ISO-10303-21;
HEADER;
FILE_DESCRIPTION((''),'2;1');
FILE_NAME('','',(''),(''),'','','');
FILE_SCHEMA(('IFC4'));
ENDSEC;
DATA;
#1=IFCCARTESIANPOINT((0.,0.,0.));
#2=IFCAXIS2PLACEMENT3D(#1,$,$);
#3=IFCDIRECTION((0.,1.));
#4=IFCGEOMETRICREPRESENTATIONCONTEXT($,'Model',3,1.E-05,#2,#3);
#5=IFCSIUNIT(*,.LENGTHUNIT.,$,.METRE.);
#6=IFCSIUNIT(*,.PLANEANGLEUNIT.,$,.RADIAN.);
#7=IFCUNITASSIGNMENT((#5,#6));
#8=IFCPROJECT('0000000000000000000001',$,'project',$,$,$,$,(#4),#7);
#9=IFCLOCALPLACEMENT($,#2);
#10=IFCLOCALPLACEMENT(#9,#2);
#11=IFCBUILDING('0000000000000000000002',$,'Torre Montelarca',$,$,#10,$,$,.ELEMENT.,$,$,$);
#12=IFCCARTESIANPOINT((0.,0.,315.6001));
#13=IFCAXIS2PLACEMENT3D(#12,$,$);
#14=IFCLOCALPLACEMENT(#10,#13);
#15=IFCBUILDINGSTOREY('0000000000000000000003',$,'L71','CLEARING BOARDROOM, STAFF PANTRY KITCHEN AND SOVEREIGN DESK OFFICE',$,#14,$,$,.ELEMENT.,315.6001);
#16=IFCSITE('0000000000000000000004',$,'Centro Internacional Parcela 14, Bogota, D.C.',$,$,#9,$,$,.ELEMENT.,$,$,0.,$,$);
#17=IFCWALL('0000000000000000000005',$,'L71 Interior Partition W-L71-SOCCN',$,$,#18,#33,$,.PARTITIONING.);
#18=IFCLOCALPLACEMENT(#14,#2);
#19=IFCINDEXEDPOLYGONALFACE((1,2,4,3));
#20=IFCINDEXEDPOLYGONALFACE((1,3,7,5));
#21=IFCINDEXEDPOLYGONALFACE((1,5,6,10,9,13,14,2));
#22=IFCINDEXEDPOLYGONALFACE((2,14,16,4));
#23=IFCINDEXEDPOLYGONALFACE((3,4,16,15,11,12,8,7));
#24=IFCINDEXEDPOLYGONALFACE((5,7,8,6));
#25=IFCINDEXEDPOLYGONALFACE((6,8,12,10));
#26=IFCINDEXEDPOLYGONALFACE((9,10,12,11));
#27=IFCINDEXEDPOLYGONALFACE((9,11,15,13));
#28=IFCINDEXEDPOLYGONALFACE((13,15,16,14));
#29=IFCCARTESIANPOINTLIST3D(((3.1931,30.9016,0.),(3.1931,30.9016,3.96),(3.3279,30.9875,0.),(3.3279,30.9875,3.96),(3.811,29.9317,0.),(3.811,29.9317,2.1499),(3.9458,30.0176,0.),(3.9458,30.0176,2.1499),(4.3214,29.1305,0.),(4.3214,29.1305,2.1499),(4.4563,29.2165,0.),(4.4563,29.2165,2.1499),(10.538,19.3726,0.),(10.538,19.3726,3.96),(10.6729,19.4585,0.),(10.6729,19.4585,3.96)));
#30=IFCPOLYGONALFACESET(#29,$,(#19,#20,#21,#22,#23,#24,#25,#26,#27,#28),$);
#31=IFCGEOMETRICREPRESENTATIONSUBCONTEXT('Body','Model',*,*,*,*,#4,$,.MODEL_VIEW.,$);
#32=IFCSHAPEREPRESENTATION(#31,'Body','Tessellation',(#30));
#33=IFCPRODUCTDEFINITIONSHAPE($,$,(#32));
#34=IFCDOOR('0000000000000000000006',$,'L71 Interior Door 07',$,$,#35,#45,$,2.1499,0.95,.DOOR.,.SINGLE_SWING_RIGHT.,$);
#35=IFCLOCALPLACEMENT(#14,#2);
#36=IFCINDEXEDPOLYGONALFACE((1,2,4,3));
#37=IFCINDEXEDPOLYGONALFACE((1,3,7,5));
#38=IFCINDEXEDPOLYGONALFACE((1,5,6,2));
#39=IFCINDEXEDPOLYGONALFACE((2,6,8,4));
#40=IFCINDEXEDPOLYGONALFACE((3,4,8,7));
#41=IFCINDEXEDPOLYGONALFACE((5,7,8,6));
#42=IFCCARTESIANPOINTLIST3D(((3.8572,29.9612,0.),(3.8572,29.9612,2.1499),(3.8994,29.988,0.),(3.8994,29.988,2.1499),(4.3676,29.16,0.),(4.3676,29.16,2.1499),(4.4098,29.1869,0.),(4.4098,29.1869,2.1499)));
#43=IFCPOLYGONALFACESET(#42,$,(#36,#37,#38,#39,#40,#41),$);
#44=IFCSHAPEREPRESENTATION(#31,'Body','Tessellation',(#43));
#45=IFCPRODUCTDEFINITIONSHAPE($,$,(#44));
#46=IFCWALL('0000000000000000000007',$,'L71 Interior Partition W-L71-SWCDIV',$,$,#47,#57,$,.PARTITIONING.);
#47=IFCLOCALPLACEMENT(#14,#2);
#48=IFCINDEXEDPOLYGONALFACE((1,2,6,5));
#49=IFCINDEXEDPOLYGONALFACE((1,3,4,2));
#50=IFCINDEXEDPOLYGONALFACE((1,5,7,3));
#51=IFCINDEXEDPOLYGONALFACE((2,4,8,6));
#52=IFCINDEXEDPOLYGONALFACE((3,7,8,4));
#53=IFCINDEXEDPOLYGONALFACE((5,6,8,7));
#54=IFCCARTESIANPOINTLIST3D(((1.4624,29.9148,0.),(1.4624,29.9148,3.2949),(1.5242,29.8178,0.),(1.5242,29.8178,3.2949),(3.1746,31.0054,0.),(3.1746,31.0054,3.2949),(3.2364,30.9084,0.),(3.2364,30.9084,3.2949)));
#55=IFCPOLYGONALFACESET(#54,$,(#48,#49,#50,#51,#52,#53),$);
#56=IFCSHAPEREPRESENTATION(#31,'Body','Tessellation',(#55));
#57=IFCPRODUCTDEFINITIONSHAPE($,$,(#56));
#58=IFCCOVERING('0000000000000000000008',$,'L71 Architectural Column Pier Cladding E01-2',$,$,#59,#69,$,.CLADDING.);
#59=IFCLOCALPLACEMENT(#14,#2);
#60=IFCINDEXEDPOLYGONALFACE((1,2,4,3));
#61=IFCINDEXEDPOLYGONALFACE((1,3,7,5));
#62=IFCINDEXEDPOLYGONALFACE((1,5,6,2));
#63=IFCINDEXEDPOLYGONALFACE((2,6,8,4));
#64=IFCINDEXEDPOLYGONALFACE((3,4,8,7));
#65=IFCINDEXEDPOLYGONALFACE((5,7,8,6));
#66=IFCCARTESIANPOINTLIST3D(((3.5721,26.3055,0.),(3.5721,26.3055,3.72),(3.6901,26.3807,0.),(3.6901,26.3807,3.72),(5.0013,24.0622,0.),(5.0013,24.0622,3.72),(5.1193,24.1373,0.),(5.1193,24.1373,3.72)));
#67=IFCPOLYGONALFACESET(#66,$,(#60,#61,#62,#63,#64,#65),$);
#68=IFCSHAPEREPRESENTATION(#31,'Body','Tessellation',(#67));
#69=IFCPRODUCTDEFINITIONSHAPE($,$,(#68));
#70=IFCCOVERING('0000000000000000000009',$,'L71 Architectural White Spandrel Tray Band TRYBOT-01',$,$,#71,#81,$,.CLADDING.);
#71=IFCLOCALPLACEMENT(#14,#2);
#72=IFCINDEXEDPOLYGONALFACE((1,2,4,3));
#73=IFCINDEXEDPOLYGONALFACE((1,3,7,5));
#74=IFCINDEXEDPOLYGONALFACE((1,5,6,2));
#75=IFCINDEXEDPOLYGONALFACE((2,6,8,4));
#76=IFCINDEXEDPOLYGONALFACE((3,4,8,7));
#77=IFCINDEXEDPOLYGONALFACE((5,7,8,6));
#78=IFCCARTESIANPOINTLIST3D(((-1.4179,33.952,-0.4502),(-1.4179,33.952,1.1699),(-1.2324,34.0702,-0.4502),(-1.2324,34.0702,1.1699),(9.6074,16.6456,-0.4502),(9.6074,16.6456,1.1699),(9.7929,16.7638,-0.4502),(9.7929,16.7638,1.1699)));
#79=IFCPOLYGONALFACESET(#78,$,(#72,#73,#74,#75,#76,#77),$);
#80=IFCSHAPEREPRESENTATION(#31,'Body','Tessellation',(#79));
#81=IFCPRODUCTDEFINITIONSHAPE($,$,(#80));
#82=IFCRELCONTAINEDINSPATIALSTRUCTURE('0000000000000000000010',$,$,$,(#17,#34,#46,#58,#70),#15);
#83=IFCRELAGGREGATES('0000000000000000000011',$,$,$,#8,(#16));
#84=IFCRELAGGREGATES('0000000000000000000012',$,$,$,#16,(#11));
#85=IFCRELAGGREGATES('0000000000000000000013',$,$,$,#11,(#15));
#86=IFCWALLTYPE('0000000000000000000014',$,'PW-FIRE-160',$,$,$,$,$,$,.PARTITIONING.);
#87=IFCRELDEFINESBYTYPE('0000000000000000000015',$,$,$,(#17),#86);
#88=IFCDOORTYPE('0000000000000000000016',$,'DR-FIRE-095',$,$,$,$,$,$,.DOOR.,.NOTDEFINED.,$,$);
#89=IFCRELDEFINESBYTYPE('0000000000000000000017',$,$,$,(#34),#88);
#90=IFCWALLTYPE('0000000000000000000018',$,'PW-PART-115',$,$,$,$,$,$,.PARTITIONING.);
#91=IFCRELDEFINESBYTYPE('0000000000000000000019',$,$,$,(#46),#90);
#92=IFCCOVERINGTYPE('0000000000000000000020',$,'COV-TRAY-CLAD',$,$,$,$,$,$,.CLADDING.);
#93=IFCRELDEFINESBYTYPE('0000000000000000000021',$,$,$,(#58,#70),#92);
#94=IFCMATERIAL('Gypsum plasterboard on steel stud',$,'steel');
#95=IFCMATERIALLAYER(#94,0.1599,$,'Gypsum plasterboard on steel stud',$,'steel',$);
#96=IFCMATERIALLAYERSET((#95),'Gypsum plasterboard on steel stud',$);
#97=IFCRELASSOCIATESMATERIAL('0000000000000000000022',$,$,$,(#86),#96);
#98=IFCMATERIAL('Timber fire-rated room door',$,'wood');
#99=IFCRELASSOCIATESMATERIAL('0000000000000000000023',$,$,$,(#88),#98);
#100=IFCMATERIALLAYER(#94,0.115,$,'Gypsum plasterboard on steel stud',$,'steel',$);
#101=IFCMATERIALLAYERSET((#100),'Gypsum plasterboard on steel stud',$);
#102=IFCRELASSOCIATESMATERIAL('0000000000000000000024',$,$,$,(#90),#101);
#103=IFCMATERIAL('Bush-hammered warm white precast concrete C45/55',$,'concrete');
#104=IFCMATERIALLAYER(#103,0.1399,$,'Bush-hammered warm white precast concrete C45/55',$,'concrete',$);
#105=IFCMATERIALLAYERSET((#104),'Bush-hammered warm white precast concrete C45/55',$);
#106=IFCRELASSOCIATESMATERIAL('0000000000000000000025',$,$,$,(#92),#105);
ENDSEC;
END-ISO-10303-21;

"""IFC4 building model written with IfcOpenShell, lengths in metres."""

from ifc_helpers import new_model, si_unit, direction, frame, frame_2d, origin, origin_2d, place, context, subcontext, project, spatial, rectangle, extrude, source, transform, mapped, material, layer, layer_set, type_object, element, fill, save


model = new_model("IFC4")

# Units and contexts
model_context = context("Model", 3, precision=1e-05, world=origin(), true_north=direction((0.0, 1.0)))
body_context = subcontext(model_context, "Body", "Model", "MODEL_VIEW")
ifc_project = project(units=[si_unit("LENGTHUNIT", "METRE"), si_unit("PLANEANGLEUNIT", "RADIAN")], contexts=[model_context])

# Site, building, storey
site_placement = place(None, origin())
site = spatial("IfcSite", under=ifc_project, at=site_placement, Name="Centro Internacional Parcela 14, Bogota, D.C.", CompositionType="ELEMENT", RefElevation=0.0)
building_placement = place(site_placement, origin())
building = spatial("IfcBuilding", under=site, at=building_placement, Name="Torre Montelarca", CompositionType="ELEMENT")
storey_placement = place(building_placement, frame((0.0, 0.0, 315.6001)))
storey = spatial("IfcBuildingStorey", under=building, at=storey_placement, Name="L71", Description="CLEARING BOARDROOM, STAFF PANTRY KITCHEN AND SOVEREIGN DESK OFFICE", CompositionType="ELEMENT", Elevation=315.6001)

# Wall, opening, door
ifc_material_1 = material(Name="Gypsum plasterboard on steel stud", Category="steel")
ifc_layer_1 = layer(ifc_material_1, 0.1599, Name="Gypsum plasterboard on steel stud", Category="steel")
ifc_layer_set_1 = layer_set([ifc_layer_1], Name="Gypsum plasterboard on steel stud")
wall_type_1 = type_object("IfcWallType", Name="PW-FIRE-160", PredefinedType="PARTITIONING", material=ifc_layer_set_1)
wall_1_placement = place(storey_placement, frame((3.2605, 30.9446, 0.0), z_axis=(0.0, 0.0, 1.0), x_axis=(0.537308, -0.843386, 0.0)))
wall_1 = element("IfcWall", 1, at=wall_1_placement, inside=storey, type_object=wall_type_1, Name="L71 Interior Partition W-L71-SOCCN", PredefinedType="PARTITIONING", context=body_context, shape_type="SweptSolid", body=[
    extrude(rectangle(XDim=13.6699, YDim=0.1599, at=frame_2d((6.835, 0.0))), origin(), (0.0, 0.0, 1.0), 3.96),
])
opening_placement = place(wall_1_placement, frame((1.1499, 0.0, 0.0)))
opening = element("IfcOpeningElement", 2, at=opening_placement, cuts=wall_1, PredefinedType="OPENING", context=body_context, shape_type="SweptSolid", body=[
    extrude(rectangle(XDim=0.95, YDim=2.1499, at=frame_2d((0.4751, 1.075))), frame((0.0, 0.0898, 0.0), z_axis=(0.0, -1.0, 0.0), x_axis=(1.0, 0.0, 0.0)), (0.0, 0.0, 1.0), 0.1799),
])
ifc_material_2 = material(Name="Timber fire-rated room door", Category="wood")
door_type = type_object("IfcDoorType", Name="DR-FIRE-095", OperationType="NOTDEFINED", PredefinedType="DOOR", material=ifc_material_2)
shared_shape_1 = source(origin(), body_context, "Body", "SweptSolid", [
    extrude(rectangle(XDim=0.95, YDim=2.1499, at=frame_2d((0.4751, 1.075))), frame((0.0, 0.0249, 0.0), z_axis=(0.0, -1.0, 0.0), x_axis=(1.0, 0.0, 0.0)), (0.0, 0.0, 1.0), 0.05),
])
door_placement = place(opening_placement, origin())
door = element("IfcDoor", 3, at=door_placement, inside=storey, type_object=door_type, Name="L71 Interior Door 07", OperationType="SINGLE_SWING_RIGHT", OverallHeight=2.1499, OverallWidth=0.95, PredefinedType="DOOR", context=body_context, shape_type="MappedRepresentation", body=[
    mapped(shared_shape_1, transform((0.0, 0.0, 0.0), scale=1.0)),
])
fill(opening, door)

# Wall
ifc_layer_2 = layer(ifc_material_1, 0.115, Name="Gypsum plasterboard on steel stud", Category="steel")
ifc_layer_set_2 = layer_set([ifc_layer_2], Name="Gypsum plasterboard on steel stud")
wall_type_2 = type_object("IfcWallType", Name="PW-PART-115", PredefinedType="PARTITIONING", material=ifc_layer_set_2)
wall_2_placement = place(storey_placement, frame((1.4932, 29.8662, 0.0), z_axis=(0.0, 0.0, 1.0), x_axis=(0.843434, 0.537233, 0.0)))
element("IfcWall", 4, at=wall_2_placement, inside=storey, type_object=wall_type_2, Name="L71 Interior Partition W-L71-SWCDIV", PredefinedType="PARTITIONING", context=body_context, shape_type="SweptSolid", body=[
    extrude(rectangle(XDim=2.03, YDim=0.115, at=frame_2d((1.0151, 0.0))), origin(), (0.0, 0.0, 1.0), 3.2949),
])

# Coverings
ifc_material_3 = material(Name="Bush-hammered warm white precast concrete C45/55", Category="concrete")
ifc_layer_3 = layer(ifc_material_3, 0.1399, Name="Bush-hammered warm white precast concrete C45/55", Category="concrete")
ifc_layer_set_3 = layer_set([ifc_layer_3], Name="Bush-hammered warm white precast concrete C45/55")
covering_type = type_object("IfcCoveringType", Name="COV-TRAY-CLAD", PredefinedType="CLADDING", material=ifc_layer_set_3)
shared_shape_2 = source(origin(), body_context, "Body", "SweptSolid", [
    extrude(rectangle(XDim=2.6599, YDim=0.1399, at=origin_2d()), origin(), (0.0, 0.0, 1.0), 3.72),
])
covering_1_placement = place(storey_placement, frame((4.3457, 25.2214, 0.0), z_axis=(0.0, 0.0, 1.0), x_axis=(0.537301, -0.843391, 0.0)))
element("IfcCovering", 5, at=covering_1_placement, inside=storey, type_object=covering_type, Name="L71 Architectural Column Pier Cladding E01-2", PredefinedType="CLADDING", context=body_context, shape_type="MappedRepresentation", body=[
    mapped(shared_shape_2, transform((0.0, 0.0, 0.0), scale=1.0)),
])
shared_shape_3 = source(origin(), body_context, "Body", "SweptSolid", [
    extrude(rectangle(XDim=20.52, YDim=0.22, at=origin_2d()), origin(), (0.0, 0.0, 1.0), 1.6201),
])
covering_2_placement = place(storey_placement, frame((4.1875, 25.3579, -0.4502), z_axis=(0.0, 0.0, 1.0), x_axis=(0.537298, -0.843392, 0.0)))
element("IfcCovering", 6, at=covering_2_placement, inside=storey, type_object=covering_type, Name="L71 Architectural White Spandrel Tray Band TRYBOT-01", PredefinedType="CLADDING", context=body_context, shape_type="MappedRepresentation", body=[
    mapped(shared_shape_3, transform((0.0, 0.0, 0.0), scale=1.0)),
])

save(model, "model.ifc")
